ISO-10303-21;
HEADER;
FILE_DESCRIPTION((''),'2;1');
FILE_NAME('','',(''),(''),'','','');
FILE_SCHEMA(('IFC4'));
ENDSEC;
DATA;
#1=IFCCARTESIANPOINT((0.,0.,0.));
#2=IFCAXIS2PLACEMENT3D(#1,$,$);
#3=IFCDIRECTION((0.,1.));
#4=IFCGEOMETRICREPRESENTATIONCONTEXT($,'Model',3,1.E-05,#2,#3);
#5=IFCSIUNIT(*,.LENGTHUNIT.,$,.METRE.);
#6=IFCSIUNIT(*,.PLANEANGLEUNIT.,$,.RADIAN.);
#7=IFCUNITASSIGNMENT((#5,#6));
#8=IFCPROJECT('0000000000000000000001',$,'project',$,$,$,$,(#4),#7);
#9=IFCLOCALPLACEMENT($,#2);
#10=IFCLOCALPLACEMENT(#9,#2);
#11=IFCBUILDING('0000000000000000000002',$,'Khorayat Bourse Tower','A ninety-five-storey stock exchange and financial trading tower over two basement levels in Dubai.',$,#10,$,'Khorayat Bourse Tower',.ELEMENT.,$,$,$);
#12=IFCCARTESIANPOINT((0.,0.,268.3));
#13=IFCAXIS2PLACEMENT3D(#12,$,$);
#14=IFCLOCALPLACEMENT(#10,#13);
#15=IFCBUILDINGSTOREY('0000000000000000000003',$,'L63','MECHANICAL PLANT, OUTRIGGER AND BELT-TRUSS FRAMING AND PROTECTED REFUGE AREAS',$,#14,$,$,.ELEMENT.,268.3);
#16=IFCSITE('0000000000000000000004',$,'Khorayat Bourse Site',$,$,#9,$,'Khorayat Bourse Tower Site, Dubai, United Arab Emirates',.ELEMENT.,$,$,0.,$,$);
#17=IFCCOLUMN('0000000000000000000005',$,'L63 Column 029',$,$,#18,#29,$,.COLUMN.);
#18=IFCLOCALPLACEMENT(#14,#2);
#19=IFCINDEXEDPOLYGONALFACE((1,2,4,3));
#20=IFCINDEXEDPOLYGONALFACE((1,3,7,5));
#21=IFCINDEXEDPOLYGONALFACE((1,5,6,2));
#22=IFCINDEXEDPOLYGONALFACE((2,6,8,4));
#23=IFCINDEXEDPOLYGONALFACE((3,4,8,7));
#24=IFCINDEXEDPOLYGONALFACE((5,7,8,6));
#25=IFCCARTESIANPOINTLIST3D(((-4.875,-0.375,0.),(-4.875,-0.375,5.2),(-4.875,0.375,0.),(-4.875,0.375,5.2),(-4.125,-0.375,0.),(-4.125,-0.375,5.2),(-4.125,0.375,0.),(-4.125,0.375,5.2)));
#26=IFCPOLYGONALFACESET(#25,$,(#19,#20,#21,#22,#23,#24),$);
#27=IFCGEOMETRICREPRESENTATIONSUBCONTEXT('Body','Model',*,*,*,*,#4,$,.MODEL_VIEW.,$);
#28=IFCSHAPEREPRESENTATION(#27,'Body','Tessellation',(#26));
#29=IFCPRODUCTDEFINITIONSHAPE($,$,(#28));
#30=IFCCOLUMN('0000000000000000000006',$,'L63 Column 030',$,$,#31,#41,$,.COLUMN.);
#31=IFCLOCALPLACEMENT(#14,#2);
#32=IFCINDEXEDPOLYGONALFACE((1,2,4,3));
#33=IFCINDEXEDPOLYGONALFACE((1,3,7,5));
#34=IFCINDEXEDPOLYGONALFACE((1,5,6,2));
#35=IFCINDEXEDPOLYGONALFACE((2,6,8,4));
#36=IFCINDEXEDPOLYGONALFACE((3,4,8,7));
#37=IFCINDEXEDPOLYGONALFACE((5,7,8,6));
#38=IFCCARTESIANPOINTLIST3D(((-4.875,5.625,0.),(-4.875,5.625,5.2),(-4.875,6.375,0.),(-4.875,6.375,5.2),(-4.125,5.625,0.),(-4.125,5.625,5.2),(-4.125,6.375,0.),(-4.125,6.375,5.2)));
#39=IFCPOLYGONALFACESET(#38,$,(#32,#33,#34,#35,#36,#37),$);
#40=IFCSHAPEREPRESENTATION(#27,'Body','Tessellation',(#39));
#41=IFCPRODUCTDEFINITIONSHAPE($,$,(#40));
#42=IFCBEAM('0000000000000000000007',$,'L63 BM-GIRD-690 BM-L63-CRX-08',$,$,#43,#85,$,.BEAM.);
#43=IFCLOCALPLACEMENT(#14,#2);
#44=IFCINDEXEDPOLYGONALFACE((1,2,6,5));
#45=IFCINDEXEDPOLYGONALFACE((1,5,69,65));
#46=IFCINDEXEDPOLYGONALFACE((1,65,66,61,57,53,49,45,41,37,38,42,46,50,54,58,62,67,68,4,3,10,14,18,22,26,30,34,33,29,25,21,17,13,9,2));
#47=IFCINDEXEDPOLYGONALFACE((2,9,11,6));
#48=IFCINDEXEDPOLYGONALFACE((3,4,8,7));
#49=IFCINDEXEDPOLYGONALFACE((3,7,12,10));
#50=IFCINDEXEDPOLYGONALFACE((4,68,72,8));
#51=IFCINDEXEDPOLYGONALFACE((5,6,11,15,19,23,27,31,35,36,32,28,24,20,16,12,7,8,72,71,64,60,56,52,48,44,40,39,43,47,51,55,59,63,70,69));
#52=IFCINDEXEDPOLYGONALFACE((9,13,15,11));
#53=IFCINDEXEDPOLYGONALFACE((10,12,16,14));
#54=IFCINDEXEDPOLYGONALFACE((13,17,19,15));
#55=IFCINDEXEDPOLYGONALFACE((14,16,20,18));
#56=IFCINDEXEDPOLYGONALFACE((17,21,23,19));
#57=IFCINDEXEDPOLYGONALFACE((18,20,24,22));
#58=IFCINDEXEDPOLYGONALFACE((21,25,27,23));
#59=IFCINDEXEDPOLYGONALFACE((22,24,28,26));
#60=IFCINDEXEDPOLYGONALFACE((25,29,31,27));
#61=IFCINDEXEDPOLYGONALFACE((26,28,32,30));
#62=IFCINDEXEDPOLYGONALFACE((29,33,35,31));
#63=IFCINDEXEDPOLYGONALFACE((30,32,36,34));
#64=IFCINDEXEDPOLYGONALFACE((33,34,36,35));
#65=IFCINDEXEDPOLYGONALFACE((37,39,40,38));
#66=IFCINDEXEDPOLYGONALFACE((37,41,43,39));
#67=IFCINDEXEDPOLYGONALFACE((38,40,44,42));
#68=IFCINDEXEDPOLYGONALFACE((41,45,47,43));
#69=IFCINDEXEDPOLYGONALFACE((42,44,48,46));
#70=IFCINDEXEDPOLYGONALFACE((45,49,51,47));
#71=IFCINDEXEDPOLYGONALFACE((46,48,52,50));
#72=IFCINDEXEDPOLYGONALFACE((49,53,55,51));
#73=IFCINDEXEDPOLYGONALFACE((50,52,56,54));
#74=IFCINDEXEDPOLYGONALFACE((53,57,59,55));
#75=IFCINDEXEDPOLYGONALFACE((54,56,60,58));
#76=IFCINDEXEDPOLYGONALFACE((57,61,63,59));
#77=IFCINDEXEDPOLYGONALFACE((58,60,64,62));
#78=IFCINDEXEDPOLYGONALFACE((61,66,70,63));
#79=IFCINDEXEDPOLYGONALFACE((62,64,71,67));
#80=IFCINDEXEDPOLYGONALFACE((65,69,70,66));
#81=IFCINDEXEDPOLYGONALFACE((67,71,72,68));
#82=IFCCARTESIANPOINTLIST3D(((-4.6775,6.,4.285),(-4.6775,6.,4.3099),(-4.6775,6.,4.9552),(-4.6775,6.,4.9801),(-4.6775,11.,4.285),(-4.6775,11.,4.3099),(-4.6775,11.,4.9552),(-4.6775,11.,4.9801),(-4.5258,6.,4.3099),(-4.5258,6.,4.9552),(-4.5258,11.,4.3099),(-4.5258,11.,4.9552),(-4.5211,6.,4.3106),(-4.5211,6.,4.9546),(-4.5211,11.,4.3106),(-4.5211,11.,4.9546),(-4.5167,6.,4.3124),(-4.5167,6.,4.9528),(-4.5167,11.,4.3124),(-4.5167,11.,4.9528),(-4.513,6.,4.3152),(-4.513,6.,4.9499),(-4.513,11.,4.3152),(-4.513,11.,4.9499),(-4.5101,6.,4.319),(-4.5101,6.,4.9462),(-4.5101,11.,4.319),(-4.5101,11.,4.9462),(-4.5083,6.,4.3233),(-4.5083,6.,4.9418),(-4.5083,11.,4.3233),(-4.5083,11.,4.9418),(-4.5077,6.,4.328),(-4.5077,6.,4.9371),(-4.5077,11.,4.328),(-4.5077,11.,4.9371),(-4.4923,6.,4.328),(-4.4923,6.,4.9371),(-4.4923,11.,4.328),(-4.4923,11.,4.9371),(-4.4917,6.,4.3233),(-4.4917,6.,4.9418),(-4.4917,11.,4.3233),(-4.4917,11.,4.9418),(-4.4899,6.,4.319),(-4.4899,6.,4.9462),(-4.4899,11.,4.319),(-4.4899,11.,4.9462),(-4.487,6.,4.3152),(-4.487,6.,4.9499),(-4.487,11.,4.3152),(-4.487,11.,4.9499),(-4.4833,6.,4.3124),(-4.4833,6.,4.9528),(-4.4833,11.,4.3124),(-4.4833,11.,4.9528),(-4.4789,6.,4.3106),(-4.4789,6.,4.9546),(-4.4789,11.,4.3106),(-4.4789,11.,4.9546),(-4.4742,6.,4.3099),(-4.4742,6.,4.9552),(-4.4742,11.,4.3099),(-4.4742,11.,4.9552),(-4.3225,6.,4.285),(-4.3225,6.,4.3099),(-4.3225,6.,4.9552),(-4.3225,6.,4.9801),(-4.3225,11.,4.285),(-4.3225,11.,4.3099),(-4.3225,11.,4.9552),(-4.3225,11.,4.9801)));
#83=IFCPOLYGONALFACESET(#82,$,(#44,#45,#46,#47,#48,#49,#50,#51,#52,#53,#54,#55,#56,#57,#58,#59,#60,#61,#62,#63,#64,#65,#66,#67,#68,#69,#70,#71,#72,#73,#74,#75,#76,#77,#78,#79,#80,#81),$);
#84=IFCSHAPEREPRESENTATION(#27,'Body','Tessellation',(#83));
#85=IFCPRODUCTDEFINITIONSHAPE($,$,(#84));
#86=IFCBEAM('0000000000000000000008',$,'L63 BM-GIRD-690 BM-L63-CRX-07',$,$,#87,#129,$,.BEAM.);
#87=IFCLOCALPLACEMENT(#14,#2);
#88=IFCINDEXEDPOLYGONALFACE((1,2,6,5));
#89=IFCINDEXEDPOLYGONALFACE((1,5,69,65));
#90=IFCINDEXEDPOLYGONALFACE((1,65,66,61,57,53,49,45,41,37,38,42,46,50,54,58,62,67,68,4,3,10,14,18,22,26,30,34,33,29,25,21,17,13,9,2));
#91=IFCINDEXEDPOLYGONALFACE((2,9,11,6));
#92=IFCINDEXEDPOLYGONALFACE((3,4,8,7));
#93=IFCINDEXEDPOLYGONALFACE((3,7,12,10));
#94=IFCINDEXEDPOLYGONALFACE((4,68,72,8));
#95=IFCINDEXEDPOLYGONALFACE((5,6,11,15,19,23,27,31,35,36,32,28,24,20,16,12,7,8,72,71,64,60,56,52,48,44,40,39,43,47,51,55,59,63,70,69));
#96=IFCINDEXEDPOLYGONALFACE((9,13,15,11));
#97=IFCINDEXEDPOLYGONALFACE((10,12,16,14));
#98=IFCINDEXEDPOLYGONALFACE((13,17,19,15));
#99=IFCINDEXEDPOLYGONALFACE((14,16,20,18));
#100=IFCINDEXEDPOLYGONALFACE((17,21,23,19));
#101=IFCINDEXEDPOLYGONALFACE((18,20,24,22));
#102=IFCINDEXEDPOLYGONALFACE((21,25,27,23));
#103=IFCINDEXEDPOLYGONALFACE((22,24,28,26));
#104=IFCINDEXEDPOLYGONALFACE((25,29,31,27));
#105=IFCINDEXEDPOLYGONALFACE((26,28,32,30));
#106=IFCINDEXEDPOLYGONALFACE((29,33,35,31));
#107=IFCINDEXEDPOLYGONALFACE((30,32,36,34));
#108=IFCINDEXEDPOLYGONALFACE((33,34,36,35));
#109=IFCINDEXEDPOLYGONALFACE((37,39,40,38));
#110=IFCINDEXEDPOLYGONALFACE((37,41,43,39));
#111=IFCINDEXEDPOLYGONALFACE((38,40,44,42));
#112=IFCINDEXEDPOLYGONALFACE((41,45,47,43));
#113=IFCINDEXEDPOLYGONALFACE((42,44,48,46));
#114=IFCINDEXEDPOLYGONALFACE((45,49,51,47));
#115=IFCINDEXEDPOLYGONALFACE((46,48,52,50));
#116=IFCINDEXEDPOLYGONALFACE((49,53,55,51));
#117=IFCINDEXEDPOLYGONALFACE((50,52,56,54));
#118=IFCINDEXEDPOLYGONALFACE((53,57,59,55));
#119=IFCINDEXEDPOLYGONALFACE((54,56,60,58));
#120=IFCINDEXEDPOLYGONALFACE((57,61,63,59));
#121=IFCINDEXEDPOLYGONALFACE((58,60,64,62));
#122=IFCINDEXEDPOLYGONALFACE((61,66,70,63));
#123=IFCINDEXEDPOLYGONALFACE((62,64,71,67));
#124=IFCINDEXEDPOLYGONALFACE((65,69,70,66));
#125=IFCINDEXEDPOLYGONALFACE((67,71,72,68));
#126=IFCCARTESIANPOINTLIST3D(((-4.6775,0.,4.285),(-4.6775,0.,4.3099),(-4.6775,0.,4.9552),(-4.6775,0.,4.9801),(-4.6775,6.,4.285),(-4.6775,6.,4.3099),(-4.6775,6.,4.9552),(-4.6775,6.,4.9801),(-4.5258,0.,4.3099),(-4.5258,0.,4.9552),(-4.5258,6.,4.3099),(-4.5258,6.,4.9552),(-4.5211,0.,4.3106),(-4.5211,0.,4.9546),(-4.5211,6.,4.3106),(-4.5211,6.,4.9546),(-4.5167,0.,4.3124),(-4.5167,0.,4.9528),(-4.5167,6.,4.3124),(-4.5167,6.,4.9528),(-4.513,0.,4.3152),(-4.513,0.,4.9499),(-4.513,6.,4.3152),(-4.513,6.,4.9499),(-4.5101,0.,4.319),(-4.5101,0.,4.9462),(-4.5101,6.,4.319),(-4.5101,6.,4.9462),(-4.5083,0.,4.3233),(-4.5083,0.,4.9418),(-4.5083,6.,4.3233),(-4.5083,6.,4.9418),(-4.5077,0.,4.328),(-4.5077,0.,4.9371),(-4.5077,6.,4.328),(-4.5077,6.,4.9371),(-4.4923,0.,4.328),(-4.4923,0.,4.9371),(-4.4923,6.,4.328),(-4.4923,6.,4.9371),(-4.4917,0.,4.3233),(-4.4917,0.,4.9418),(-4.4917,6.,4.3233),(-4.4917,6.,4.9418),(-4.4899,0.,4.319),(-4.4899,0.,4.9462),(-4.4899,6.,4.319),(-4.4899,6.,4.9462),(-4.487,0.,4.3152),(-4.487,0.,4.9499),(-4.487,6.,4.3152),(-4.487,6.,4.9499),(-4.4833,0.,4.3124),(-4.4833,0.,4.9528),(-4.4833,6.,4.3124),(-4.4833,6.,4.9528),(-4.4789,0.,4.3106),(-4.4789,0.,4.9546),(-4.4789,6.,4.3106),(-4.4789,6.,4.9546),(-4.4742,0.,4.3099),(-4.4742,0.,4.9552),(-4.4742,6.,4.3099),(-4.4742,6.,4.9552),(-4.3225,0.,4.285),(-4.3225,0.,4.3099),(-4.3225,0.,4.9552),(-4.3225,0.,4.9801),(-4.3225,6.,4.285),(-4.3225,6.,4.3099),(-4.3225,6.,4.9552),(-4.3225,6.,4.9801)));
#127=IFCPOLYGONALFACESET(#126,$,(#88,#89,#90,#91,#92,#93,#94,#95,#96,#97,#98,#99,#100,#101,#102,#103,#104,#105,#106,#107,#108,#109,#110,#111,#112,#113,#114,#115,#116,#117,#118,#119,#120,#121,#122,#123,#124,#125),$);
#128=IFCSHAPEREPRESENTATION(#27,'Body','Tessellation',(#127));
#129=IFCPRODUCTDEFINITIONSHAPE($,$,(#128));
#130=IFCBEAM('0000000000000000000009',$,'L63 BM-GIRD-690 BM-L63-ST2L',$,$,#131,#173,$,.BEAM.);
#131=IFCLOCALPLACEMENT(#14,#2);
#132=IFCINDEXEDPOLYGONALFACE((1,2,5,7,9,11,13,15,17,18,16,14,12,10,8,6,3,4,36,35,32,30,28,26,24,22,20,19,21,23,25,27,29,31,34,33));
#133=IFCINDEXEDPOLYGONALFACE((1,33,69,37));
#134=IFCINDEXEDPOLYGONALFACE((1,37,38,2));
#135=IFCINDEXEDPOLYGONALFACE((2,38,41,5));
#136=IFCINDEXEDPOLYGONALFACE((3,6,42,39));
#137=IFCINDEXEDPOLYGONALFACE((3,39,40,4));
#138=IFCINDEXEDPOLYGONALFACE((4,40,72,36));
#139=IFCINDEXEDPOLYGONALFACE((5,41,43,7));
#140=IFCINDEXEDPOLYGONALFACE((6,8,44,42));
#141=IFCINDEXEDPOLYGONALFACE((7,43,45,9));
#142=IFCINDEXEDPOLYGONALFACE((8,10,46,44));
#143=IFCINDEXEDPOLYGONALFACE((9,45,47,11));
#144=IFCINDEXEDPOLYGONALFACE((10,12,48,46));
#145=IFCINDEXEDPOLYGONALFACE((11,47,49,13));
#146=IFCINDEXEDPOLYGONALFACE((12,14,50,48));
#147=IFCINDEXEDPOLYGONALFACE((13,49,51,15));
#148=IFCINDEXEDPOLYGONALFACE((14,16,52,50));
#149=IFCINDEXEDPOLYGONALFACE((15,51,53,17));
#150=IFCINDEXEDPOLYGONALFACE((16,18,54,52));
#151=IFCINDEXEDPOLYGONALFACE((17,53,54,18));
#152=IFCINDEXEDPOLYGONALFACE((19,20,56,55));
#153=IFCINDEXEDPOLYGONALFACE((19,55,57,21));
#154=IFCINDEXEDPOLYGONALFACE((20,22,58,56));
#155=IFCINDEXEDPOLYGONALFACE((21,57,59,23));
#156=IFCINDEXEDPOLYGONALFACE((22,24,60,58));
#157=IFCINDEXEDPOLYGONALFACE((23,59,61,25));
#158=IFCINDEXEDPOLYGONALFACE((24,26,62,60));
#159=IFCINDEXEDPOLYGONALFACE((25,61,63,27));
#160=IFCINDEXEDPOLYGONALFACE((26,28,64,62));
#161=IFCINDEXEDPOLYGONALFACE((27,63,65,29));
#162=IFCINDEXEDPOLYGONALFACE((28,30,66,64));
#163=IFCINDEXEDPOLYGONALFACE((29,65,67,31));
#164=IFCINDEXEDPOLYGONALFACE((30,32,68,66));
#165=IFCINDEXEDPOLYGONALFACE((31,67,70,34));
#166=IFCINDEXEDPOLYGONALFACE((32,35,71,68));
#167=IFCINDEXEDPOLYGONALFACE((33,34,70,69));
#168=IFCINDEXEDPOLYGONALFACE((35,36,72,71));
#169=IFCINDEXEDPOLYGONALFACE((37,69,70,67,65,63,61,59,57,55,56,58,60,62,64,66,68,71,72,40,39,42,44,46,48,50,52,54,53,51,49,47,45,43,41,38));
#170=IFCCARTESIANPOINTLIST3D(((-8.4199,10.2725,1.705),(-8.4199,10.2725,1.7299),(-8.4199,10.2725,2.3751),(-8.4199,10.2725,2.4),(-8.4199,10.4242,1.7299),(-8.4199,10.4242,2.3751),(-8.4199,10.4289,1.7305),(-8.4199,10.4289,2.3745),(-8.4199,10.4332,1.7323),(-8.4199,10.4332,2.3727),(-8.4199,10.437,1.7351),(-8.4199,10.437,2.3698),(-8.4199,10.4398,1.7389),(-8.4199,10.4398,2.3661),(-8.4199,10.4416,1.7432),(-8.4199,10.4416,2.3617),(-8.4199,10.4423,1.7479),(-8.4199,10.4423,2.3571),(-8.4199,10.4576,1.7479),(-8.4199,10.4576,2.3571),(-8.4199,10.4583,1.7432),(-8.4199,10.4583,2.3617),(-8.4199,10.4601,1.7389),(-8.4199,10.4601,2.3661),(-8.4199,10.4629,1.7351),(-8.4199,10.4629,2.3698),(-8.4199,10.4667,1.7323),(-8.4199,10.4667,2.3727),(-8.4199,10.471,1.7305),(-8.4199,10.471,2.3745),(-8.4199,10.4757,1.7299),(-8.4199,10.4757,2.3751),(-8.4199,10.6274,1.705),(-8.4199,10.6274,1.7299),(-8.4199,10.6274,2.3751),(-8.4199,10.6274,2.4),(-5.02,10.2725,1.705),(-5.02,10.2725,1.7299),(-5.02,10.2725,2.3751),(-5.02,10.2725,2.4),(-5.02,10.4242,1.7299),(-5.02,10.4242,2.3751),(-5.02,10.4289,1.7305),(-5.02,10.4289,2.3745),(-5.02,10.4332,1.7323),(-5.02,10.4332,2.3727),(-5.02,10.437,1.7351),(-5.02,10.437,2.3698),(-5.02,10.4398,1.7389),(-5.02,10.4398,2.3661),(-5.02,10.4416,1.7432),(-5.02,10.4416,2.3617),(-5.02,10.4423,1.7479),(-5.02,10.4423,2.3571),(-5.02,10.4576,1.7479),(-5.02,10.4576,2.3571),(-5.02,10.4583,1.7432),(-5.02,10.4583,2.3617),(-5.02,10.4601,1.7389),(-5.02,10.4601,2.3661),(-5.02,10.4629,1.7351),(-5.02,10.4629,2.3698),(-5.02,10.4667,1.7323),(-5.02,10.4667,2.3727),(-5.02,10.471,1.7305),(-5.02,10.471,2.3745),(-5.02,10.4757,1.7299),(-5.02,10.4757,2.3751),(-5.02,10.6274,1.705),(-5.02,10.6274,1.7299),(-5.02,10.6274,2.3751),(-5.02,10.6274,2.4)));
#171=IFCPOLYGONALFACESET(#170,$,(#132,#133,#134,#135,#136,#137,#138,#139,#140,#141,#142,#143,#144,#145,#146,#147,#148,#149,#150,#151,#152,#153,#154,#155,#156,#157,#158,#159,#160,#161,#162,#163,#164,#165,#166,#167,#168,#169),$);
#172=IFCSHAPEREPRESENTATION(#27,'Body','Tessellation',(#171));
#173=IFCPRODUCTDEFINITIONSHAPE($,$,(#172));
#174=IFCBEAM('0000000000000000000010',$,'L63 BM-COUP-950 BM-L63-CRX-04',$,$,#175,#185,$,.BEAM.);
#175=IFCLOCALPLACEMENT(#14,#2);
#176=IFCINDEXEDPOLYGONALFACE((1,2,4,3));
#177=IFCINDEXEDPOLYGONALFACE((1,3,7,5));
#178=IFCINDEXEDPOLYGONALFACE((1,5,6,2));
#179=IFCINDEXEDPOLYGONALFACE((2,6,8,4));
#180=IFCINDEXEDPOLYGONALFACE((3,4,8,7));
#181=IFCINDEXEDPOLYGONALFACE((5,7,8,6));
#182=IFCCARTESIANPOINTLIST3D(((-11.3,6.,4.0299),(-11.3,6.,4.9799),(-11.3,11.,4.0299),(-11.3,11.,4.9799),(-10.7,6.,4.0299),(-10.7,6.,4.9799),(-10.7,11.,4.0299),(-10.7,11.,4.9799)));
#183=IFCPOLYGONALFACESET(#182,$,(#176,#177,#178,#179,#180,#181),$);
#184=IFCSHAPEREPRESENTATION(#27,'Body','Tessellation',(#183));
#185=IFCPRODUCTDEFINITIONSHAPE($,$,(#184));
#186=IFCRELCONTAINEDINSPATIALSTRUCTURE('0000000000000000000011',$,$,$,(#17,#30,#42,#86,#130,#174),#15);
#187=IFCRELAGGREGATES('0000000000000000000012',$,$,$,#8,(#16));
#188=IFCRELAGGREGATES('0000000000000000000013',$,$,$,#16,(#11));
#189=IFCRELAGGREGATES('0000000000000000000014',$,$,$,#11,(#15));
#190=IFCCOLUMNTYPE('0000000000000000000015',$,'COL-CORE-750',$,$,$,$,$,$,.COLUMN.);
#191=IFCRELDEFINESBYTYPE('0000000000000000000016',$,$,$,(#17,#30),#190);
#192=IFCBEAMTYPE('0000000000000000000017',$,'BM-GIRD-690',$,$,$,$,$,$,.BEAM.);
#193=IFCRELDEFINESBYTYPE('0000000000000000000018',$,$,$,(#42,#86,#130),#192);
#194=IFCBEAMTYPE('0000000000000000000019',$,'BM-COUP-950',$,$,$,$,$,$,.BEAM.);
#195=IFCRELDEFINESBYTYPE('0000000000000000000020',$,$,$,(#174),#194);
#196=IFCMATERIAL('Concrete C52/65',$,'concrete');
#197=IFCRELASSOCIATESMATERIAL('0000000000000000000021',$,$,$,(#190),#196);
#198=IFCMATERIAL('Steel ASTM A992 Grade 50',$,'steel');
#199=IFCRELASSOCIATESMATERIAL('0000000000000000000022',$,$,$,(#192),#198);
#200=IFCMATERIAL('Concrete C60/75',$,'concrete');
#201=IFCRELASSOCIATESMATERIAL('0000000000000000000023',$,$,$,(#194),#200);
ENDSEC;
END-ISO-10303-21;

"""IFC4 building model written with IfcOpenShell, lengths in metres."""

from ifc_helpers import new_model, si_unit, direction, frame, origin, origin_2d, place, context, subcontext, project, spatial, rectangle, i_section, extrude, source, transform, mapped, material, material_profile, profile_set, type_object, element, save


model = new_model("IFC4")

# Units and contexts
model_context = context("Model", 3, precision=1e-05, world=origin(), true_north=direction((0.0, 1.0)))
body_context = subcontext(model_context, "Body", "Model", "MODEL_VIEW")
ifc_project = project(units=[si_unit("LENGTHUNIT", "METRE"), si_unit("PLANEANGLEUNIT", "RADIAN")], contexts=[model_context])

# Site, building, storey
site_placement = place(None, origin())
site = spatial("IfcSite", under=ifc_project, at=site_placement, Name="Khorayat Bourse Site", LongName="Khorayat Bourse Tower Site, Dubai, United Arab Emirates", CompositionType="ELEMENT", RefElevation=0.0)
building_placement = place(site_placement, origin())
building = spatial("IfcBuilding", under=site, at=building_placement, Name="Khorayat Bourse Tower", Description="A ninety-five-storey stock exchange and financial trading tower over two basement levels in Dubai.", LongName="Khorayat Bourse Tower", CompositionType="ELEMENT")
storey_placement = place(building_placement, frame((0.0, 0.0, 268.3)))
storey = spatial("IfcBuildingStorey", under=building, at=storey_placement, Name="L63", Description="MECHANICAL PLANT, OUTRIGGER AND BELT-TRUSS FRAMING AND PROTECTED REFUGE AREAS", CompositionType="ELEMENT", Elevation=268.3)

# Columns
ifc_material_1 = material(Name="Concrete C52/65", Category="concrete")
ifc_material_profile_1 = material_profile(ifc_material_1, rectangle(XDim=0.75, YDim=0.75, at=origin_2d()), Name="RC 750x750")
ifc_profile_set_1 = profile_set([ifc_material_profile_1], Name="Concrete C52/65")
column_type = type_object("IfcColumnType", Name="COL-CORE-750", PredefinedType="COLUMN", material=ifc_profile_set_1)
shared_shape_1 = source(origin(), body_context, "Body", "SweptSolid", [
    extrude(rectangle(XDim=0.75, YDim=0.75, at=origin_2d()), origin(), (0.0, 0.0, 1.0), 5.2),
])
for number, where, z_axis, x_axis, name in (
    (1, (-4.5, 0.0, 0.0), (0.0, 0.0, 1.0), (1.0, 0.0, 0.0), "L63 Column 029"),
    (2, (-4.5, 6.0, 0.0), (0.0, 0.0, 1.0), (1.0, 0.0, 0.0), "L63 Column 030"),
):
    element("IfcColumn", number, at=place(storey_placement, frame(where, z_axis=z_axis, x_axis=x_axis)), inside=storey, type_object=column_type, Name=name, PredefinedType="COLUMN", context=body_context, shape_type="MappedRepresentation", body=[
        mapped(shared_shape_1, transform((0.0, 0.0, 0.0), scale=1.0)),
    ])

# Beams
ifc_material_2 = material(Name="Steel ASTM A992 Grade 50", Category="steel")
ifc_material_profile_2 = material_profile(ifc_material_2, i_section(OverallWidth=0.355, OverallDepth=0.6951, WebThickness=0.0154, FlangeThickness=0.0249, FilletRadius=0.0181, at=origin_2d()), Name="W690X217")
ifc_profile_set_2 = profile_set([ifc_material_profile_2], Name="Steel ASTM A992 Grade 50")
beam_type_1 = type_object("IfcBeamType", Name="BM-GIRD-690", PredefinedType="BEAM", material=ifc_profile_set_2)
shared_shape_2 = source(origin(), body_context, "Body", "SweptSolid", [
    extrude(i_section(OverallWidth=0.355, OverallDepth=0.6951, WebThickness=0.0154, FlangeThickness=0.0249, FilletRadius=0.0181, at=origin_2d()), origin(), (0.0, 0.0, 1.0), 5.0),
])
beam_1_placement = place(storey_placement, frame((-4.5, 6.0, 4.6326), z_axis=(0.0, 1.0, 0.0), x_axis=(-1.0, 0.0, 0.0)))
element("IfcBeam", 3, at=beam_1_placement, inside=storey, type_object=beam_type_1, Name="L63 BM-GIRD-690 BM-L63-CRX-08", PredefinedType="BEAM", context=body_context, shape_type="MappedRepresentation", body=[
    mapped(shared_shape_2, transform((0.0, 0.0, 0.0), scale=1.0)),
])
shared_shape_3 = source(origin(), body_context, "Body", "SweptSolid", [
    extrude(i_section(OverallWidth=0.355, OverallDepth=0.6951, WebThickness=0.0154, FlangeThickness=0.0249, FilletRadius=0.0181, at=origin_2d()), origin(), (0.0, 0.0, 1.0), 6.0),
])
beam_2_placement = place(storey_placement, frame((-4.5, 0.0, 4.6326), z_axis=(0.0, 1.0, 0.0), x_axis=(-1.0, 0.0, 0.0)))
element("IfcBeam", 4, at=beam_2_placement, inside=storey, type_object=beam_type_1, Name="L63 BM-GIRD-690 BM-L63-CRX-07", PredefinedType="BEAM", context=body_context, shape_type="MappedRepresentation", body=[
    mapped(shared_shape_3, transform((0.0, 0.0, 0.0), scale=1.0)),
])
shared_shape_4 = source(origin(), body_context, "Body", "SweptSolid", [
    extrude(i_section(OverallWidth=0.355, OverallDepth=0.6951, WebThickness=0.0154, FlangeThickness=0.0249, FilletRadius=0.0181, at=origin_2d()), origin(), (0.0, 0.0, 1.0), 3.3999),
])
beam_3_placement = place(storey_placement, frame((-8.4199, 10.45, 2.0525), z_axis=(1.0, 0.0, 0.0), x_axis=(0.0, 1.0, 0.0)))
element("IfcBeam", 5, at=beam_3_placement, inside=storey, type_object=beam_type_1, Name="L63 BM-GIRD-690 BM-L63-ST2L", PredefinedType="BEAM", context=body_context, shape_type="MappedRepresentation", body=[
    mapped(shared_shape_4, transform((0.0, 0.0, 0.0), scale=1.0)),
])
ifc_material_3 = material(Name="Concrete C60/75", Category="concrete")
ifc_material_profile_3 = material_profile(ifc_material_3, rectangle(XDim=0.6001, YDim=0.95, at=origin_2d()), Name="RC 600x950")
ifc_profile_set_3 = profile_set([ifc_material_profile_3], Name="Concrete C60/75")
beam_type_2 = type_object("IfcBeamType", Name="BM-COUP-950", PredefinedType="BEAM", material=ifc_profile_set_3)
shared_shape_5 = source(origin(), body_context, "Body", "SweptSolid", [
    extrude(rectangle(XDim=0.6001, YDim=0.95, at=origin_2d()), origin(), (0.0, 0.0, 1.0), 5.0),
])
beam_4_placement = place(storey_placement, frame((-11.0, 6.0, 4.5049), z_axis=(0.0, 1.0, 0.0), x_axis=(-1.0, 0.0, 0.0)))
element("IfcBeam", 6, at=beam_4_placement, inside=storey, type_object=beam_type_2, Name="L63 BM-COUP-950 BM-L63-CRX-04", PredefinedType="BEAM", context=body_context, shape_type="MappedRepresentation", body=[
    mapped(shared_shape_5, transform((0.0, 0.0, 0.0), scale=1.0)),
])

save(model, "model.ifc")
